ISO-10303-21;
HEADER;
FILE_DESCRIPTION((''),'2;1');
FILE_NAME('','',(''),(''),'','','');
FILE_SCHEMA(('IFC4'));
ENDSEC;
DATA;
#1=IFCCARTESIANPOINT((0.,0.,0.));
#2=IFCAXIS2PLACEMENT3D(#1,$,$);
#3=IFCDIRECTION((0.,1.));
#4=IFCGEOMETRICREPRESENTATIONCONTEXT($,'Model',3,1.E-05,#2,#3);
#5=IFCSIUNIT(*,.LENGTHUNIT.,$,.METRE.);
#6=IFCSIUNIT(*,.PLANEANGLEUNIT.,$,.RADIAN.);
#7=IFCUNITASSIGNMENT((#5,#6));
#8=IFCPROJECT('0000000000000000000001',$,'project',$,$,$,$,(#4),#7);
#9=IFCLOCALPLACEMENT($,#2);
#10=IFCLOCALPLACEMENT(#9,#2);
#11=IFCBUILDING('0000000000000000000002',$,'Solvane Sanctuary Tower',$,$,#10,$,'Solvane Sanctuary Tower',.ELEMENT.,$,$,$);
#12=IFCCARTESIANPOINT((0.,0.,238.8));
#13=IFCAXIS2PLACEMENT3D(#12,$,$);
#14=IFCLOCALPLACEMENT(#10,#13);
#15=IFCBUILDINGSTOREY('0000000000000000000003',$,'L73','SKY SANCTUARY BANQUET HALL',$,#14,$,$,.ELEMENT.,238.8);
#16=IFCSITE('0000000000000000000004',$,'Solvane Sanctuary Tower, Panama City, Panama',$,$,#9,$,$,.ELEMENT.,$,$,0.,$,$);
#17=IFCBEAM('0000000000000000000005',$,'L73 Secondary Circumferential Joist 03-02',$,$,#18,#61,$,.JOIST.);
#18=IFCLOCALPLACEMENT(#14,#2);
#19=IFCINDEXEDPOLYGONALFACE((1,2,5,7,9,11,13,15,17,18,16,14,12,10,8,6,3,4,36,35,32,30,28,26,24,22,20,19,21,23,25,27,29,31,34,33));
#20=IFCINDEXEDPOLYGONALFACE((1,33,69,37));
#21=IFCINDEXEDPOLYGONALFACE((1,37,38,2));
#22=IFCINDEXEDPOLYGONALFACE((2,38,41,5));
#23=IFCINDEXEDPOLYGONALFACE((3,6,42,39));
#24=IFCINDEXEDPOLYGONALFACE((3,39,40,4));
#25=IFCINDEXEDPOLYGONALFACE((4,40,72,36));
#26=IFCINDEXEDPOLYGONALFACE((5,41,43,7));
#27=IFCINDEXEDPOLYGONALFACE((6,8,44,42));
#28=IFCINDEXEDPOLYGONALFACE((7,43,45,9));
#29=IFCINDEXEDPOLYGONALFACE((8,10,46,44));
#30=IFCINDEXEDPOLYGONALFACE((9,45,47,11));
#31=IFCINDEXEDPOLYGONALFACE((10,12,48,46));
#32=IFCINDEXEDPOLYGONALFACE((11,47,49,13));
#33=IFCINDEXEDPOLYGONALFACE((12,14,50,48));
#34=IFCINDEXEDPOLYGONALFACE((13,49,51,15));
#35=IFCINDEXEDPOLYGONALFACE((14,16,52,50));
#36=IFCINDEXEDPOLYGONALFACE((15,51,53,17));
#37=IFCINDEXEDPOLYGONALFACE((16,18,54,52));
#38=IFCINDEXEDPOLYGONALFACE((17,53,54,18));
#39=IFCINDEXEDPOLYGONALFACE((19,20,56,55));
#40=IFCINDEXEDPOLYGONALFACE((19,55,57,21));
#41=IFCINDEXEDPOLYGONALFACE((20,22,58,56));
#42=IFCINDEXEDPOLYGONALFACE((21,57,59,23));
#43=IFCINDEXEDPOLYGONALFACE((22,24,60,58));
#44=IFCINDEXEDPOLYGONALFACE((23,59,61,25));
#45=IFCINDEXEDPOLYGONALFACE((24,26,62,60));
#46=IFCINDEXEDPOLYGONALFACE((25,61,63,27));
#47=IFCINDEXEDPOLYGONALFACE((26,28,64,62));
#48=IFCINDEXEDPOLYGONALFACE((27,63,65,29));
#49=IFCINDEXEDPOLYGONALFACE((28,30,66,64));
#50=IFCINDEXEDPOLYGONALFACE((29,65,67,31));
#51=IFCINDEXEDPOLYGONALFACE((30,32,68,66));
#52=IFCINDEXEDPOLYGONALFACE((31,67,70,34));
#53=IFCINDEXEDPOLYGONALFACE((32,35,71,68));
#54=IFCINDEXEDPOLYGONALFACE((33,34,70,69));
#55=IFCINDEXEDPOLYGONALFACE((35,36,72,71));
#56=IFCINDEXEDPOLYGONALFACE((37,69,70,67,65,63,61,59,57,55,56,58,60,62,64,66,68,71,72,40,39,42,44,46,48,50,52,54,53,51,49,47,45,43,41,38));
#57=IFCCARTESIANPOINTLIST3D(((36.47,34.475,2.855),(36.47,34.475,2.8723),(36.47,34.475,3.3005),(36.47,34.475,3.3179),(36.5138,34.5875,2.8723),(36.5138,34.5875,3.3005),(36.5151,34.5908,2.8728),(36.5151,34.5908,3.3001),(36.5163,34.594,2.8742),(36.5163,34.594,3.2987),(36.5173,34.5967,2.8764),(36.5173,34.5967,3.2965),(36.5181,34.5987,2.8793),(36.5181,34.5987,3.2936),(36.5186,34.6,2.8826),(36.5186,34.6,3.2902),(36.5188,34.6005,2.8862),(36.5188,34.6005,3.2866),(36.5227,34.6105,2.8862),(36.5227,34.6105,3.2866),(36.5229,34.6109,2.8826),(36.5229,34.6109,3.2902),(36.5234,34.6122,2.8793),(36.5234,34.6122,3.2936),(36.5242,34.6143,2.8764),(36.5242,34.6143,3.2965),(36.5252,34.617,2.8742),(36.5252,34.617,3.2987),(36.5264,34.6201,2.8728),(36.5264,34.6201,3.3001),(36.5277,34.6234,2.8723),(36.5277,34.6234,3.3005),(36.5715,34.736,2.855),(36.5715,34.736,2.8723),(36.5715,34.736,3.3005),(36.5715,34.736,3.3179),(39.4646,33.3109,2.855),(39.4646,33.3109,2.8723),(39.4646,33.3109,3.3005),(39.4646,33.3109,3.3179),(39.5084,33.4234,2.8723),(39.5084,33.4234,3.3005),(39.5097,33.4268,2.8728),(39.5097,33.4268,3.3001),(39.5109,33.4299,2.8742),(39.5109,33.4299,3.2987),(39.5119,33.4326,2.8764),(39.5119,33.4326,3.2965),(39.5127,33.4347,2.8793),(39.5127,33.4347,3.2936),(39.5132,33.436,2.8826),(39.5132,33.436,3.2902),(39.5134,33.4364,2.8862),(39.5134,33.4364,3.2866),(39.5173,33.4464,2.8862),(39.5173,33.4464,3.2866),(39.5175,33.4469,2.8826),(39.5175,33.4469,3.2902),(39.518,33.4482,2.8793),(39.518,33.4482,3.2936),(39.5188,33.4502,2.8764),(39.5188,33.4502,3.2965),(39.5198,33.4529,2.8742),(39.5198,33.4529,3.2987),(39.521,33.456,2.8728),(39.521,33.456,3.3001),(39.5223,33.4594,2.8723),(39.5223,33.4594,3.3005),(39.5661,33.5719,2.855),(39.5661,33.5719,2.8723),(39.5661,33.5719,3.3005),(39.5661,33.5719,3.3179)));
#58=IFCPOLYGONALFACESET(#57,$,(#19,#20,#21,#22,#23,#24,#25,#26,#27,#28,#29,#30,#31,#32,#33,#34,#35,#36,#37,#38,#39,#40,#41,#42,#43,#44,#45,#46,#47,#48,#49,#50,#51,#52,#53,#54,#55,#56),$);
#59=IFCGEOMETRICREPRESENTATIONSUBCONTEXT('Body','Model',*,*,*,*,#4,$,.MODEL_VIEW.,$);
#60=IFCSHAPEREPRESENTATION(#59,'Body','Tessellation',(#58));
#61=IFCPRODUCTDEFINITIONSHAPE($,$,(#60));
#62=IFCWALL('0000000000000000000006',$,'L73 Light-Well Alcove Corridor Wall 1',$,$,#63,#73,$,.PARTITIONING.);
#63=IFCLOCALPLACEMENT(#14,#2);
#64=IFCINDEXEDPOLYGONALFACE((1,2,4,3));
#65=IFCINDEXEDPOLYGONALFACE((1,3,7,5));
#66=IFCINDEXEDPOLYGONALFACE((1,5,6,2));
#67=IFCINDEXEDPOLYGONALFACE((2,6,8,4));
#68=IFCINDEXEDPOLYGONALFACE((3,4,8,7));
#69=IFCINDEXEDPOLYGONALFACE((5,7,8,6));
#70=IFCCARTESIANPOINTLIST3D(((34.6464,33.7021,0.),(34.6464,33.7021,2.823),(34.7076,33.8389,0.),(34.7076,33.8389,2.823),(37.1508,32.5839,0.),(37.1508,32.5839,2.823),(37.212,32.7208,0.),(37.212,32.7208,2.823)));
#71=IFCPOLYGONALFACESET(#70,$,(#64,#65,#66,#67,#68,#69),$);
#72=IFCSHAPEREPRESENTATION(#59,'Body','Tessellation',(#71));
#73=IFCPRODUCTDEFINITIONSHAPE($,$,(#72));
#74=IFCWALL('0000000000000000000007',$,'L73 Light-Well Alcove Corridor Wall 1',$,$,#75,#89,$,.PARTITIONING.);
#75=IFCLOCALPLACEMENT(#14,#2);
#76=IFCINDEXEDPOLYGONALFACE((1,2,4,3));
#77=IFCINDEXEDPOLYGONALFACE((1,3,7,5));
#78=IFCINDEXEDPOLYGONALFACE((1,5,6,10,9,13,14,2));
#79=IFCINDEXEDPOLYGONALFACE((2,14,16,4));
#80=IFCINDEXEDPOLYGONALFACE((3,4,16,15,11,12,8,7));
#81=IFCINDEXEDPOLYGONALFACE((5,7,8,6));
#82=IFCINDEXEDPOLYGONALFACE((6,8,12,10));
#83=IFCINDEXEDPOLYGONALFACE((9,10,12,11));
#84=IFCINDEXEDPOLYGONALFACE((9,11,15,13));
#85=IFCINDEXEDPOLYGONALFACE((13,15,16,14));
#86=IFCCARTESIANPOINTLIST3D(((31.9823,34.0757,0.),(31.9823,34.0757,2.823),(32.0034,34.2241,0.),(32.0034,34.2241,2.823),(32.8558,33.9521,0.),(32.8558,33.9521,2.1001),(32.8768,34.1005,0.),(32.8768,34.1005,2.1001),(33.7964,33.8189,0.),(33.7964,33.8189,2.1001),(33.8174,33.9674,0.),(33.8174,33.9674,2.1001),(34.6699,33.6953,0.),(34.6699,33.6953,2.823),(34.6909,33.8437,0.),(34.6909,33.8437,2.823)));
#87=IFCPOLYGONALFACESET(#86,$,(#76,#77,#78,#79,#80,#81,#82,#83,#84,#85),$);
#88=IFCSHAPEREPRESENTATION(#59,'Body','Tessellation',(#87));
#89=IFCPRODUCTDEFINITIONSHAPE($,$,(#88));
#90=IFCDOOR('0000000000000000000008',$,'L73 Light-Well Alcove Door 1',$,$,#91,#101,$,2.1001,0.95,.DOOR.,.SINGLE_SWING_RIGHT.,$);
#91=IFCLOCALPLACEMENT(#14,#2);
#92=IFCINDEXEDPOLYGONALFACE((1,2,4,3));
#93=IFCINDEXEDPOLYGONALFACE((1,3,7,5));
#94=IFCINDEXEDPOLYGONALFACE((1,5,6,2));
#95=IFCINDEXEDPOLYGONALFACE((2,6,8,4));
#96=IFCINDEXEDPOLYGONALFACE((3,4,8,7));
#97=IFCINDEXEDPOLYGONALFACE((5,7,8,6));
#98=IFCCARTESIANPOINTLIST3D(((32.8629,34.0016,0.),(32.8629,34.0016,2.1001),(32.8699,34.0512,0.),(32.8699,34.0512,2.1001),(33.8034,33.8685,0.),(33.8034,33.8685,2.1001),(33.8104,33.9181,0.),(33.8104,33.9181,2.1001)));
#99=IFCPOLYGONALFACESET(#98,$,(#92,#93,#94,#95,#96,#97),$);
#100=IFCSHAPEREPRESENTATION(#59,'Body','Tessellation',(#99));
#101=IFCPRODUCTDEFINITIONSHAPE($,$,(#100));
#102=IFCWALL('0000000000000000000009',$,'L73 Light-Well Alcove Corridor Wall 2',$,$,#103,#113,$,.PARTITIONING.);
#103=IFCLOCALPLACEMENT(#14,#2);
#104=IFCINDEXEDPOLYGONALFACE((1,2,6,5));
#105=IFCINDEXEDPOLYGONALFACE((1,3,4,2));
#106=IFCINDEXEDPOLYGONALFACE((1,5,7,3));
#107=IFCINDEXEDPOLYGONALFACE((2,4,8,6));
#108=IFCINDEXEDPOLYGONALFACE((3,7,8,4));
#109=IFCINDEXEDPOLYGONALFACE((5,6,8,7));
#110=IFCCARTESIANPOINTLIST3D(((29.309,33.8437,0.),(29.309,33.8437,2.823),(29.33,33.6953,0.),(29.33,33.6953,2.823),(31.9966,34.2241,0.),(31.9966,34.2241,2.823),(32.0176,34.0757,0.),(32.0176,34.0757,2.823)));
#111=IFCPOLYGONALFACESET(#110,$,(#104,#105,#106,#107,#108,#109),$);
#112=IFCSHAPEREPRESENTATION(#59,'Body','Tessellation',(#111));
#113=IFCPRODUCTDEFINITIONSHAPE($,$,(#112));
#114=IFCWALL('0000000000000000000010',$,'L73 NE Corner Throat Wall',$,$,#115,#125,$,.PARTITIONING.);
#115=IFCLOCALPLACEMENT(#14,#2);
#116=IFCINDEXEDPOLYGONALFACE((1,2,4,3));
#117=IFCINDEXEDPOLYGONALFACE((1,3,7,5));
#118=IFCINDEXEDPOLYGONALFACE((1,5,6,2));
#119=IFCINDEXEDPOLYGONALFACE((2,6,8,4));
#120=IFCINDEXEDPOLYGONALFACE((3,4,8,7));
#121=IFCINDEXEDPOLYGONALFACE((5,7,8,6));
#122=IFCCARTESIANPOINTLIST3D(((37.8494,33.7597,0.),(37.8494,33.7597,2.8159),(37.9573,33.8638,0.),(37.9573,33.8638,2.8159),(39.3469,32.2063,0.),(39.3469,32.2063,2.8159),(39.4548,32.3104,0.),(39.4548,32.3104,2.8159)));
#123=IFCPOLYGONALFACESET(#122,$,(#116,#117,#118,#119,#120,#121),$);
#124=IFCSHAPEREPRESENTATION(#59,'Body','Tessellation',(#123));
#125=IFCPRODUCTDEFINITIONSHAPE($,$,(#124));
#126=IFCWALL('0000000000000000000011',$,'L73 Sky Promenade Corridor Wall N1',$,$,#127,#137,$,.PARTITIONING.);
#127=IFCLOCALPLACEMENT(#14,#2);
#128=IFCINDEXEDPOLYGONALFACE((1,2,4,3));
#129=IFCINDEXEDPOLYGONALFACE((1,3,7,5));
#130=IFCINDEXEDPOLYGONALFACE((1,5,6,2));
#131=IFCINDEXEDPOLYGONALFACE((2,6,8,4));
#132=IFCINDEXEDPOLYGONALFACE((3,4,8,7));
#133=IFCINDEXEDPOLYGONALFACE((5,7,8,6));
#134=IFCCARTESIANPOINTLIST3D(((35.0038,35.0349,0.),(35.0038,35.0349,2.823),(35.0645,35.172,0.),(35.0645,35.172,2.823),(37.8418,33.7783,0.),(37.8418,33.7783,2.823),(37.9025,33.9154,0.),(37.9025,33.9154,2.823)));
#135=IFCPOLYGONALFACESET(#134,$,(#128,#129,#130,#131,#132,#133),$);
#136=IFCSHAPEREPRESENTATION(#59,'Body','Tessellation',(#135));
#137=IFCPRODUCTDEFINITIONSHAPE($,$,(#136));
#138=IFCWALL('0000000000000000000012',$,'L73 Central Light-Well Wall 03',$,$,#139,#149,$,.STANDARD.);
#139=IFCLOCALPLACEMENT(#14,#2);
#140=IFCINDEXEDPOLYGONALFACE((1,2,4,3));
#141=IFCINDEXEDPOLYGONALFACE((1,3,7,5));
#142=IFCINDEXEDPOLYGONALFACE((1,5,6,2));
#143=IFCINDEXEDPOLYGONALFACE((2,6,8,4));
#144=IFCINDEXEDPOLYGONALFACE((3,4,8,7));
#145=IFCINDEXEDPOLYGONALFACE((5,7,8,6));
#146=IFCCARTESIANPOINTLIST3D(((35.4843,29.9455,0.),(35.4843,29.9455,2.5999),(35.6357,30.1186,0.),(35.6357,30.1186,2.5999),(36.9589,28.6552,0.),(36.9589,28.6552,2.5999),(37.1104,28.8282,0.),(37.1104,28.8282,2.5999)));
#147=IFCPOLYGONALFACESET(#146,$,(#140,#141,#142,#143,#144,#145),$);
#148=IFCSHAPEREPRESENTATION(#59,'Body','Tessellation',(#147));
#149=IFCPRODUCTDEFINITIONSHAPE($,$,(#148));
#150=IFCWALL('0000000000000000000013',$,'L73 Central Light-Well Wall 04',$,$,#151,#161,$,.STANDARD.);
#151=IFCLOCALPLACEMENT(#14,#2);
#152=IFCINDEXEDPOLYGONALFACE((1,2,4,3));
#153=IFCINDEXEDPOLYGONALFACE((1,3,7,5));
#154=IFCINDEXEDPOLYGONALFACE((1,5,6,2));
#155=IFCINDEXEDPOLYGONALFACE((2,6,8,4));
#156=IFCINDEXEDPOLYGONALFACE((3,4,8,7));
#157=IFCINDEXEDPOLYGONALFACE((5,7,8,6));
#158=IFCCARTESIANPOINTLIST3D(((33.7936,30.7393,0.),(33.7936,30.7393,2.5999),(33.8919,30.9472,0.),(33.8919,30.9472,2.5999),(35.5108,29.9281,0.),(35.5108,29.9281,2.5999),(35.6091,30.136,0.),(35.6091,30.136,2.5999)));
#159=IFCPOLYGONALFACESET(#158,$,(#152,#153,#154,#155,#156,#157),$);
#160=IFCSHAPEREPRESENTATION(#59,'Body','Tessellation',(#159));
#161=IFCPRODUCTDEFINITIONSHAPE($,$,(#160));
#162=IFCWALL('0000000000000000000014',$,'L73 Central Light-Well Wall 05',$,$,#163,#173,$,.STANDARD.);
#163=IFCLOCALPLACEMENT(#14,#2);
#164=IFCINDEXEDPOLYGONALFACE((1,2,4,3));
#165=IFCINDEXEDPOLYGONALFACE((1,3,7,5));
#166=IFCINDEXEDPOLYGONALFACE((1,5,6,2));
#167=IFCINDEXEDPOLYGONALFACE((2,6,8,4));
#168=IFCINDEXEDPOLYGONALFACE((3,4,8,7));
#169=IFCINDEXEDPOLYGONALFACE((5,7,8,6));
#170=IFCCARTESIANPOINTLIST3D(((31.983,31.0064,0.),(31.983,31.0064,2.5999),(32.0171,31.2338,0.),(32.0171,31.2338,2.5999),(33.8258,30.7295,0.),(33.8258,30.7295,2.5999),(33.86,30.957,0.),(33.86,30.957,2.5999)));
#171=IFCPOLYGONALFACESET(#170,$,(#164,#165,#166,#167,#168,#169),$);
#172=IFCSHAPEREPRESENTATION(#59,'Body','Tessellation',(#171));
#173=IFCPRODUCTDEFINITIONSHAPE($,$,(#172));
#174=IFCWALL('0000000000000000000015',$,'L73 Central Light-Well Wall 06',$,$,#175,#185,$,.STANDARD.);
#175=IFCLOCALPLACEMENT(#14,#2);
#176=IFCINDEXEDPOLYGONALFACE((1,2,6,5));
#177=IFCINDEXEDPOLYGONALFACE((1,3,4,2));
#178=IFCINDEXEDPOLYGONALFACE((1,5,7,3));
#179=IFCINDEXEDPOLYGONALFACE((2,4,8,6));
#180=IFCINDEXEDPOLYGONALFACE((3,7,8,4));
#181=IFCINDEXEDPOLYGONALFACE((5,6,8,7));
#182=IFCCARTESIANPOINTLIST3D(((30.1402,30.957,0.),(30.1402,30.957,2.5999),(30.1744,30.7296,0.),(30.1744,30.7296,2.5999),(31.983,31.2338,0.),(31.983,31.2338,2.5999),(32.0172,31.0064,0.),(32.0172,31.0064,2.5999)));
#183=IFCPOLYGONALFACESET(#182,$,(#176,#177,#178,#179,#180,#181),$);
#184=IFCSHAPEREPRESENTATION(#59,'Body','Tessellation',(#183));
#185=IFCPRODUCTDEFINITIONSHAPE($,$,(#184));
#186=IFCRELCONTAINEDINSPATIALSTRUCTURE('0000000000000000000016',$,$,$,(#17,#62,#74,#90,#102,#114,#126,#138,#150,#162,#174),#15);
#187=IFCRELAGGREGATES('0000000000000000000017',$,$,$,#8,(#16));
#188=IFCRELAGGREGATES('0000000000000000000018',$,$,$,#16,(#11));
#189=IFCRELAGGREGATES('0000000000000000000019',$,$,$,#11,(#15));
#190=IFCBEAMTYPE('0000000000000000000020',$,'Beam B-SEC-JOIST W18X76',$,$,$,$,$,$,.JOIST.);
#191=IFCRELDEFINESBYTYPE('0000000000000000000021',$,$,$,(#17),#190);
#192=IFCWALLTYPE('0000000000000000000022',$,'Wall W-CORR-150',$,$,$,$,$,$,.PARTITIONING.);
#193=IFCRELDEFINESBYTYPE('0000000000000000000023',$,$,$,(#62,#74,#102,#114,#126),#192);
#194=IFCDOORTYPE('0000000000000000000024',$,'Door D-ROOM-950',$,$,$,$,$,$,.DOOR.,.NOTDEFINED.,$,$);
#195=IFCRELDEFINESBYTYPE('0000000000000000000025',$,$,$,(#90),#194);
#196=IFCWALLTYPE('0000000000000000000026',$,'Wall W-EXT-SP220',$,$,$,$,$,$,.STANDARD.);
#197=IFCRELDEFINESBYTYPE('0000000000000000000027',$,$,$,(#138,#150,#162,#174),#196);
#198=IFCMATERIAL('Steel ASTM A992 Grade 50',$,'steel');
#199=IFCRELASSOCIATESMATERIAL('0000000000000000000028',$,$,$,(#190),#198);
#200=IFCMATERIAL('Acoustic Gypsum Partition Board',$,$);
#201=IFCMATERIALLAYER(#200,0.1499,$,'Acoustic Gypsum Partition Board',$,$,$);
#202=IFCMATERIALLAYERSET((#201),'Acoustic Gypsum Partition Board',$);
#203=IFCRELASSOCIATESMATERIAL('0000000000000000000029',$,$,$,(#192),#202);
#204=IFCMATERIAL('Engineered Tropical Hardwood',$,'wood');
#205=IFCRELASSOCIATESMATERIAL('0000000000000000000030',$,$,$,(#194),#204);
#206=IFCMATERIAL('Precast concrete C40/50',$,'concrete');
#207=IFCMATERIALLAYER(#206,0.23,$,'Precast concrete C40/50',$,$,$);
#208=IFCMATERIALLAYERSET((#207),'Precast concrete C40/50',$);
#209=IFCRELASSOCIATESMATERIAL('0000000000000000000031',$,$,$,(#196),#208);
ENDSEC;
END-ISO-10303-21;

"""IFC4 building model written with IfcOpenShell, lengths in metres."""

from ifc_helpers import new_model, si_unit, direction, frame, frame_2d, origin, origin_2d, place, context, subcontext, project, spatial, rectangle, i_section, extrude, material, layer, layer_set, material_profile, profile_set, type_object, element, fill, save


model = new_model("IFC4")

# Units and contexts
model_context = context("Model", 3, precision=1e-05, world=origin(), true_north=direction((0.0, 1.0)))
body_context = subcontext(model_context, "Body", "Model", "MODEL_VIEW")
ifc_project = project(units=[si_unit("LENGTHUNIT", "METRE"), si_unit("PLANEANGLEUNIT", "RADIAN")], contexts=[model_context])

# Site, building, storey
site_placement = place(None, origin())
site = spatial("IfcSite", under=ifc_project, at=site_placement, Name="Solvane Sanctuary Tower, Panama City, Panama", CompositionType="ELEMENT", RefElevation=0.0)
building_placement = place(site_placement, origin())
building = spatial("IfcBuilding", under=site, at=building_placement, Name="Solvane Sanctuary Tower", LongName="Solvane Sanctuary Tower", CompositionType="ELEMENT")
storey_placement = place(building_placement, frame((0.0, 0.0, 238.8)))
storey = spatial("IfcBuildingStorey", under=building, at=storey_placement, Name="L73", Description="SKY SANCTUARY BANQUET HALL", CompositionType="ELEMENT", Elevation=238.8)

# Beam
ifc_material_1 = material(Name="Steel ASTM A992 Grade 50", Category="steel")
ifc_material_profile_1 = material_profile(ifc_material_1, i_section(OverallWidth=0.28, OverallDepth=0.4629, WebThickness=0.0107, FlangeThickness=0.0173, FilletRadius=0.0139, at=origin_2d()), Name="W18X76")
ifc_profile_set_1 = profile_set([ifc_material_profile_1], Name="Steel ASTM A992 Grade 50")
beam_type_1 = type_object("IfcBeamType", Name="Beam B-SEC-JOIST W18X76", PredefinedType="JOIST", material=ifc_profile_set_1)
beam_1_placement = place(storey_placement, frame((36.5208, 34.6055, 3.0864), z_axis=(0.932059, -0.362307, 0.0), x_axis=(0.362307, 0.932059, 0.0)))
element("IfcBeam", 1, at=beam_1_placement, inside=storey, type_object=beam_type_1, Name="L73 Secondary Circumferential Joist 03-02", PredefinedType="JOIST", context=body_context, shape_type="SweptSolid", body=[
    extrude(i_section(OverallWidth=0.28, OverallDepth=0.4629, WebThickness=0.0107, FlangeThickness=0.0173, FilletRadius=0.0139, at=origin_2d()), origin(), (0.0, 0.0, 1.0), 3.2129),
])

# Wall
ifc_material_2 = material(Name="Acoustic Gypsum Partition Board")
ifc_layer_1 = layer(ifc_material_2, 0.1499, Name="Acoustic Gypsum Partition Board")
ifc_layer_set_1 = layer_set([ifc_layer_1], Name="Acoustic Gypsum Partition Board")
wall_type_1 = type_object("IfcWallType", Name="Wall W-CORR-150", PredefinedType="PARTITIONING", material=ifc_layer_set_1)
wall_1_placement = place(storey_placement, frame((37.1814, 32.6523, 0.0), z_axis=(0.0, 0.0, 1.0), x_axis=(-0.91312, 0.407691, 0.0)))
element("IfcWall", 2, at=wall_1_placement, inside=storey, type_object=wall_type_1, Name="L73 Light-Well Alcove Corridor Wall 1", PredefinedType="PARTITIONING", context=body_context, shape_type="SweptSolid", body=[
    extrude(rectangle(XDim=2.7427, YDim=0.1499, at=frame_2d((1.3713, 0.0))), origin(), (0.0, 0.0, 1.0), 2.823),
])

# Wall, opening, door
wall_2_placement = place(storey_placement, frame((34.6804, 33.7695, 0.0), z_axis=(0.0, 0.0, 1.0), x_axis=(-0.990132, 0.140137, 0.0)))
wall_2 = element("IfcWall", 3, at=wall_2_placement, inside=storey, type_object=wall_type_1, Name="L73 Light-Well Alcove Corridor Wall 1", PredefinedType="PARTITIONING", context=body_context, shape_type="SweptSolid", body=[
    extrude(rectangle(XDim=2.7144, YDim=0.1499, at=frame_2d((1.3572, 0.0))), origin(), (0.0, 0.0, 1.0), 2.823),
])
opening_placement = place(wall_2_placement, frame((0.8821, 0.0, 0.0)))
opening = element("IfcOpeningElement", 4, at=opening_placement, cuts=wall_2, PredefinedType="OPENING", context=body_context, shape_type="SweptSolid", body=[
    extrude(rectangle(XDim=0.95, YDim=2.1001, at=frame_2d((0.4751, 1.05))), frame((0.0, 0.085, 0.0), z_axis=(0.0, -1.0, 0.0), x_axis=(1.0, 0.0, 0.0)), (0.0, 0.0, 1.0), 0.1699),
])
ifc_material_3 = material(Name="Engineered Tropical Hardwood", Category="wood")
door_type = type_object("IfcDoorType", Name="Door D-ROOM-950", OperationType="NOTDEFINED", PredefinedType="DOOR", material=ifc_material_3)
door_placement = place(opening_placement, origin())
door = element("IfcDoor", 5, at=door_placement, inside=storey, type_object=door_type, Name="L73 Light-Well Alcove Door 1", OperationType="SINGLE_SWING_RIGHT", OverallHeight=2.1001, OverallWidth=0.95, PredefinedType="DOOR", context=body_context, shape_type="SweptSolid", body=[
    extrude(rectangle(XDim=0.95, YDim=2.1001, at=frame_2d((0.4751, 1.05))), frame((0.0, 0.0249, 0.0), z_axis=(0.0, -1.0, 0.0), x_axis=(1.0, 0.0, 0.0)), (0.0, 0.0, 1.0), 0.05),
])
fill(opening, door)

# Walls
wall_3_placement = place(storey_placement, frame((32.0071, 34.1499, 0.0), z_axis=(0.0, 0.0, 1.0), x_axis=(-0.990132, -0.140137, 0.0)))
element("IfcWall", 6, at=wall_3_placement, inside=storey, type_object=wall_type_1, Name="L73 Light-Well Alcove Corridor Wall 2", PredefinedType="PARTITIONING", context=body_context, shape_type="SweptSolid", body=[
    extrude(rectangle(XDim=2.7144, YDim=0.1499, at=frame_2d((1.3572, 0.0))), origin(), (0.0, 0.0, 1.0), 2.823),
])
wall_4_placement = place(storey_placement, frame((37.9033, 33.8118, 0.0), z_axis=(0.0, 0.0, 1.0), x_axis=(0.694033, -0.719943, 0.0)))
element("IfcWall", 7, at=wall_4_placement, inside=storey, type_object=wall_type_1, Name="L73 NE Corner Throat Wall", PredefinedType="PARTITIONING", context=body_context, shape_type="SweptSolid", body=[
    extrude(rectangle(XDim=2.1577, YDim=0.1499, at=frame_2d((1.0789, 0.0))), origin(), (0.0, 0.0, 1.0), 2.8159),
])
wall_5_placement = place(storey_placement, frame((37.8721, 33.8469, 0.0), z_axis=(0.0, 0.0, 1.0), x_axis=(-0.914385, 0.404846, 0.0)))
element("IfcWall", 8, at=wall_5_placement, inside=storey, type_object=wall_type_1, Name="L73 Sky Promenade Corridor Wall N1", PredefinedType="PARTITIONING", context=body_context, shape_type="SweptSolid", body=[
    extrude(rectangle(XDim=3.1038, YDim=0.1499, at=frame_2d((1.5518, 0.0))), origin(), (0.0, 0.0, 1.0), 2.823),
])
ifc_material_4 = material(Name="Precast concrete C40/50", Category="concrete")
ifc_layer_2 = layer(ifc_material_4, 0.23, Name="Precast concrete C40/50")
ifc_layer_set_2 = layer_set([ifc_layer_2], Name="Precast concrete C40/50")
wall_type_2 = type_object("IfcWallType", Name="Wall W-EXT-SP220", PredefinedType="STANDARD", material=ifc_layer_set_2)
wall_6_placement = place(storey_placement, frame((37.0347, 28.7417, 0.0), z_axis=(0.0, 0.0, 1.0), x_axis=(-0.752577, 0.658505, 0.0)))
element("IfcWall", 9, at=wall_6_placement, inside=storey, type_object=wall_type_2, Name="L73 Central Light-Well Wall 03", PredefinedType="STANDARD", context=body_context, shape_type="SweptSolid", body=[
    extrude(rectangle(XDim=1.9595, YDim=0.23, at=frame_2d((0.9797, 0.0))), origin(), (0.0, 0.0, 1.0), 2.5999),
])
wall_7_placement = place(storey_placement, frame((35.5601, 30.032, 0.0), z_axis=(0.0, 0.0, 1.0), x_axis=(-0.90418, 0.427152, 0.0)))
element("IfcWall", 10, at=wall_7_placement, inside=storey, type_object=wall_type_2, Name="L73 Central Light-Well Wall 04", PredefinedType="STANDARD", context=body_context, shape_type="SweptSolid", body=[
    extrude(rectangle(XDim=1.8992, YDim=0.23, at=frame_2d((0.9497, 0.0))), origin(), (0.0, 0.0, 1.0), 2.5999),
])
for number, where, z_axis, x_axis, name in (
    (11, (33.8428, 30.8433, 0.0), (0.0, 0.0, 1.0), (-0.988902, 0.148571, 0.0), "L73 Central Light-Well Wall 05"),
    (12, (32.0, 31.1201, 0.0), (0.0, 0.0, 1.0), (-0.988902, -0.148571, 0.0), "L73 Central Light-Well Wall 06"),
):
    element("IfcWall", number, at=place(storey_placement, frame(where, z_axis=z_axis, x_axis=x_axis)), inside=storey, type_object=wall_type_2, Name=name, PredefinedType="STANDARD", context=body_context, shape_type="SweptSolid", body=[
        extrude(rectangle(XDim=1.8635, YDim=0.23, at=frame_2d((0.9316, 0.0))), origin(), (0.0, 0.0, 1.0), 2.5999),
    ])

save(model, "model.ifc")
